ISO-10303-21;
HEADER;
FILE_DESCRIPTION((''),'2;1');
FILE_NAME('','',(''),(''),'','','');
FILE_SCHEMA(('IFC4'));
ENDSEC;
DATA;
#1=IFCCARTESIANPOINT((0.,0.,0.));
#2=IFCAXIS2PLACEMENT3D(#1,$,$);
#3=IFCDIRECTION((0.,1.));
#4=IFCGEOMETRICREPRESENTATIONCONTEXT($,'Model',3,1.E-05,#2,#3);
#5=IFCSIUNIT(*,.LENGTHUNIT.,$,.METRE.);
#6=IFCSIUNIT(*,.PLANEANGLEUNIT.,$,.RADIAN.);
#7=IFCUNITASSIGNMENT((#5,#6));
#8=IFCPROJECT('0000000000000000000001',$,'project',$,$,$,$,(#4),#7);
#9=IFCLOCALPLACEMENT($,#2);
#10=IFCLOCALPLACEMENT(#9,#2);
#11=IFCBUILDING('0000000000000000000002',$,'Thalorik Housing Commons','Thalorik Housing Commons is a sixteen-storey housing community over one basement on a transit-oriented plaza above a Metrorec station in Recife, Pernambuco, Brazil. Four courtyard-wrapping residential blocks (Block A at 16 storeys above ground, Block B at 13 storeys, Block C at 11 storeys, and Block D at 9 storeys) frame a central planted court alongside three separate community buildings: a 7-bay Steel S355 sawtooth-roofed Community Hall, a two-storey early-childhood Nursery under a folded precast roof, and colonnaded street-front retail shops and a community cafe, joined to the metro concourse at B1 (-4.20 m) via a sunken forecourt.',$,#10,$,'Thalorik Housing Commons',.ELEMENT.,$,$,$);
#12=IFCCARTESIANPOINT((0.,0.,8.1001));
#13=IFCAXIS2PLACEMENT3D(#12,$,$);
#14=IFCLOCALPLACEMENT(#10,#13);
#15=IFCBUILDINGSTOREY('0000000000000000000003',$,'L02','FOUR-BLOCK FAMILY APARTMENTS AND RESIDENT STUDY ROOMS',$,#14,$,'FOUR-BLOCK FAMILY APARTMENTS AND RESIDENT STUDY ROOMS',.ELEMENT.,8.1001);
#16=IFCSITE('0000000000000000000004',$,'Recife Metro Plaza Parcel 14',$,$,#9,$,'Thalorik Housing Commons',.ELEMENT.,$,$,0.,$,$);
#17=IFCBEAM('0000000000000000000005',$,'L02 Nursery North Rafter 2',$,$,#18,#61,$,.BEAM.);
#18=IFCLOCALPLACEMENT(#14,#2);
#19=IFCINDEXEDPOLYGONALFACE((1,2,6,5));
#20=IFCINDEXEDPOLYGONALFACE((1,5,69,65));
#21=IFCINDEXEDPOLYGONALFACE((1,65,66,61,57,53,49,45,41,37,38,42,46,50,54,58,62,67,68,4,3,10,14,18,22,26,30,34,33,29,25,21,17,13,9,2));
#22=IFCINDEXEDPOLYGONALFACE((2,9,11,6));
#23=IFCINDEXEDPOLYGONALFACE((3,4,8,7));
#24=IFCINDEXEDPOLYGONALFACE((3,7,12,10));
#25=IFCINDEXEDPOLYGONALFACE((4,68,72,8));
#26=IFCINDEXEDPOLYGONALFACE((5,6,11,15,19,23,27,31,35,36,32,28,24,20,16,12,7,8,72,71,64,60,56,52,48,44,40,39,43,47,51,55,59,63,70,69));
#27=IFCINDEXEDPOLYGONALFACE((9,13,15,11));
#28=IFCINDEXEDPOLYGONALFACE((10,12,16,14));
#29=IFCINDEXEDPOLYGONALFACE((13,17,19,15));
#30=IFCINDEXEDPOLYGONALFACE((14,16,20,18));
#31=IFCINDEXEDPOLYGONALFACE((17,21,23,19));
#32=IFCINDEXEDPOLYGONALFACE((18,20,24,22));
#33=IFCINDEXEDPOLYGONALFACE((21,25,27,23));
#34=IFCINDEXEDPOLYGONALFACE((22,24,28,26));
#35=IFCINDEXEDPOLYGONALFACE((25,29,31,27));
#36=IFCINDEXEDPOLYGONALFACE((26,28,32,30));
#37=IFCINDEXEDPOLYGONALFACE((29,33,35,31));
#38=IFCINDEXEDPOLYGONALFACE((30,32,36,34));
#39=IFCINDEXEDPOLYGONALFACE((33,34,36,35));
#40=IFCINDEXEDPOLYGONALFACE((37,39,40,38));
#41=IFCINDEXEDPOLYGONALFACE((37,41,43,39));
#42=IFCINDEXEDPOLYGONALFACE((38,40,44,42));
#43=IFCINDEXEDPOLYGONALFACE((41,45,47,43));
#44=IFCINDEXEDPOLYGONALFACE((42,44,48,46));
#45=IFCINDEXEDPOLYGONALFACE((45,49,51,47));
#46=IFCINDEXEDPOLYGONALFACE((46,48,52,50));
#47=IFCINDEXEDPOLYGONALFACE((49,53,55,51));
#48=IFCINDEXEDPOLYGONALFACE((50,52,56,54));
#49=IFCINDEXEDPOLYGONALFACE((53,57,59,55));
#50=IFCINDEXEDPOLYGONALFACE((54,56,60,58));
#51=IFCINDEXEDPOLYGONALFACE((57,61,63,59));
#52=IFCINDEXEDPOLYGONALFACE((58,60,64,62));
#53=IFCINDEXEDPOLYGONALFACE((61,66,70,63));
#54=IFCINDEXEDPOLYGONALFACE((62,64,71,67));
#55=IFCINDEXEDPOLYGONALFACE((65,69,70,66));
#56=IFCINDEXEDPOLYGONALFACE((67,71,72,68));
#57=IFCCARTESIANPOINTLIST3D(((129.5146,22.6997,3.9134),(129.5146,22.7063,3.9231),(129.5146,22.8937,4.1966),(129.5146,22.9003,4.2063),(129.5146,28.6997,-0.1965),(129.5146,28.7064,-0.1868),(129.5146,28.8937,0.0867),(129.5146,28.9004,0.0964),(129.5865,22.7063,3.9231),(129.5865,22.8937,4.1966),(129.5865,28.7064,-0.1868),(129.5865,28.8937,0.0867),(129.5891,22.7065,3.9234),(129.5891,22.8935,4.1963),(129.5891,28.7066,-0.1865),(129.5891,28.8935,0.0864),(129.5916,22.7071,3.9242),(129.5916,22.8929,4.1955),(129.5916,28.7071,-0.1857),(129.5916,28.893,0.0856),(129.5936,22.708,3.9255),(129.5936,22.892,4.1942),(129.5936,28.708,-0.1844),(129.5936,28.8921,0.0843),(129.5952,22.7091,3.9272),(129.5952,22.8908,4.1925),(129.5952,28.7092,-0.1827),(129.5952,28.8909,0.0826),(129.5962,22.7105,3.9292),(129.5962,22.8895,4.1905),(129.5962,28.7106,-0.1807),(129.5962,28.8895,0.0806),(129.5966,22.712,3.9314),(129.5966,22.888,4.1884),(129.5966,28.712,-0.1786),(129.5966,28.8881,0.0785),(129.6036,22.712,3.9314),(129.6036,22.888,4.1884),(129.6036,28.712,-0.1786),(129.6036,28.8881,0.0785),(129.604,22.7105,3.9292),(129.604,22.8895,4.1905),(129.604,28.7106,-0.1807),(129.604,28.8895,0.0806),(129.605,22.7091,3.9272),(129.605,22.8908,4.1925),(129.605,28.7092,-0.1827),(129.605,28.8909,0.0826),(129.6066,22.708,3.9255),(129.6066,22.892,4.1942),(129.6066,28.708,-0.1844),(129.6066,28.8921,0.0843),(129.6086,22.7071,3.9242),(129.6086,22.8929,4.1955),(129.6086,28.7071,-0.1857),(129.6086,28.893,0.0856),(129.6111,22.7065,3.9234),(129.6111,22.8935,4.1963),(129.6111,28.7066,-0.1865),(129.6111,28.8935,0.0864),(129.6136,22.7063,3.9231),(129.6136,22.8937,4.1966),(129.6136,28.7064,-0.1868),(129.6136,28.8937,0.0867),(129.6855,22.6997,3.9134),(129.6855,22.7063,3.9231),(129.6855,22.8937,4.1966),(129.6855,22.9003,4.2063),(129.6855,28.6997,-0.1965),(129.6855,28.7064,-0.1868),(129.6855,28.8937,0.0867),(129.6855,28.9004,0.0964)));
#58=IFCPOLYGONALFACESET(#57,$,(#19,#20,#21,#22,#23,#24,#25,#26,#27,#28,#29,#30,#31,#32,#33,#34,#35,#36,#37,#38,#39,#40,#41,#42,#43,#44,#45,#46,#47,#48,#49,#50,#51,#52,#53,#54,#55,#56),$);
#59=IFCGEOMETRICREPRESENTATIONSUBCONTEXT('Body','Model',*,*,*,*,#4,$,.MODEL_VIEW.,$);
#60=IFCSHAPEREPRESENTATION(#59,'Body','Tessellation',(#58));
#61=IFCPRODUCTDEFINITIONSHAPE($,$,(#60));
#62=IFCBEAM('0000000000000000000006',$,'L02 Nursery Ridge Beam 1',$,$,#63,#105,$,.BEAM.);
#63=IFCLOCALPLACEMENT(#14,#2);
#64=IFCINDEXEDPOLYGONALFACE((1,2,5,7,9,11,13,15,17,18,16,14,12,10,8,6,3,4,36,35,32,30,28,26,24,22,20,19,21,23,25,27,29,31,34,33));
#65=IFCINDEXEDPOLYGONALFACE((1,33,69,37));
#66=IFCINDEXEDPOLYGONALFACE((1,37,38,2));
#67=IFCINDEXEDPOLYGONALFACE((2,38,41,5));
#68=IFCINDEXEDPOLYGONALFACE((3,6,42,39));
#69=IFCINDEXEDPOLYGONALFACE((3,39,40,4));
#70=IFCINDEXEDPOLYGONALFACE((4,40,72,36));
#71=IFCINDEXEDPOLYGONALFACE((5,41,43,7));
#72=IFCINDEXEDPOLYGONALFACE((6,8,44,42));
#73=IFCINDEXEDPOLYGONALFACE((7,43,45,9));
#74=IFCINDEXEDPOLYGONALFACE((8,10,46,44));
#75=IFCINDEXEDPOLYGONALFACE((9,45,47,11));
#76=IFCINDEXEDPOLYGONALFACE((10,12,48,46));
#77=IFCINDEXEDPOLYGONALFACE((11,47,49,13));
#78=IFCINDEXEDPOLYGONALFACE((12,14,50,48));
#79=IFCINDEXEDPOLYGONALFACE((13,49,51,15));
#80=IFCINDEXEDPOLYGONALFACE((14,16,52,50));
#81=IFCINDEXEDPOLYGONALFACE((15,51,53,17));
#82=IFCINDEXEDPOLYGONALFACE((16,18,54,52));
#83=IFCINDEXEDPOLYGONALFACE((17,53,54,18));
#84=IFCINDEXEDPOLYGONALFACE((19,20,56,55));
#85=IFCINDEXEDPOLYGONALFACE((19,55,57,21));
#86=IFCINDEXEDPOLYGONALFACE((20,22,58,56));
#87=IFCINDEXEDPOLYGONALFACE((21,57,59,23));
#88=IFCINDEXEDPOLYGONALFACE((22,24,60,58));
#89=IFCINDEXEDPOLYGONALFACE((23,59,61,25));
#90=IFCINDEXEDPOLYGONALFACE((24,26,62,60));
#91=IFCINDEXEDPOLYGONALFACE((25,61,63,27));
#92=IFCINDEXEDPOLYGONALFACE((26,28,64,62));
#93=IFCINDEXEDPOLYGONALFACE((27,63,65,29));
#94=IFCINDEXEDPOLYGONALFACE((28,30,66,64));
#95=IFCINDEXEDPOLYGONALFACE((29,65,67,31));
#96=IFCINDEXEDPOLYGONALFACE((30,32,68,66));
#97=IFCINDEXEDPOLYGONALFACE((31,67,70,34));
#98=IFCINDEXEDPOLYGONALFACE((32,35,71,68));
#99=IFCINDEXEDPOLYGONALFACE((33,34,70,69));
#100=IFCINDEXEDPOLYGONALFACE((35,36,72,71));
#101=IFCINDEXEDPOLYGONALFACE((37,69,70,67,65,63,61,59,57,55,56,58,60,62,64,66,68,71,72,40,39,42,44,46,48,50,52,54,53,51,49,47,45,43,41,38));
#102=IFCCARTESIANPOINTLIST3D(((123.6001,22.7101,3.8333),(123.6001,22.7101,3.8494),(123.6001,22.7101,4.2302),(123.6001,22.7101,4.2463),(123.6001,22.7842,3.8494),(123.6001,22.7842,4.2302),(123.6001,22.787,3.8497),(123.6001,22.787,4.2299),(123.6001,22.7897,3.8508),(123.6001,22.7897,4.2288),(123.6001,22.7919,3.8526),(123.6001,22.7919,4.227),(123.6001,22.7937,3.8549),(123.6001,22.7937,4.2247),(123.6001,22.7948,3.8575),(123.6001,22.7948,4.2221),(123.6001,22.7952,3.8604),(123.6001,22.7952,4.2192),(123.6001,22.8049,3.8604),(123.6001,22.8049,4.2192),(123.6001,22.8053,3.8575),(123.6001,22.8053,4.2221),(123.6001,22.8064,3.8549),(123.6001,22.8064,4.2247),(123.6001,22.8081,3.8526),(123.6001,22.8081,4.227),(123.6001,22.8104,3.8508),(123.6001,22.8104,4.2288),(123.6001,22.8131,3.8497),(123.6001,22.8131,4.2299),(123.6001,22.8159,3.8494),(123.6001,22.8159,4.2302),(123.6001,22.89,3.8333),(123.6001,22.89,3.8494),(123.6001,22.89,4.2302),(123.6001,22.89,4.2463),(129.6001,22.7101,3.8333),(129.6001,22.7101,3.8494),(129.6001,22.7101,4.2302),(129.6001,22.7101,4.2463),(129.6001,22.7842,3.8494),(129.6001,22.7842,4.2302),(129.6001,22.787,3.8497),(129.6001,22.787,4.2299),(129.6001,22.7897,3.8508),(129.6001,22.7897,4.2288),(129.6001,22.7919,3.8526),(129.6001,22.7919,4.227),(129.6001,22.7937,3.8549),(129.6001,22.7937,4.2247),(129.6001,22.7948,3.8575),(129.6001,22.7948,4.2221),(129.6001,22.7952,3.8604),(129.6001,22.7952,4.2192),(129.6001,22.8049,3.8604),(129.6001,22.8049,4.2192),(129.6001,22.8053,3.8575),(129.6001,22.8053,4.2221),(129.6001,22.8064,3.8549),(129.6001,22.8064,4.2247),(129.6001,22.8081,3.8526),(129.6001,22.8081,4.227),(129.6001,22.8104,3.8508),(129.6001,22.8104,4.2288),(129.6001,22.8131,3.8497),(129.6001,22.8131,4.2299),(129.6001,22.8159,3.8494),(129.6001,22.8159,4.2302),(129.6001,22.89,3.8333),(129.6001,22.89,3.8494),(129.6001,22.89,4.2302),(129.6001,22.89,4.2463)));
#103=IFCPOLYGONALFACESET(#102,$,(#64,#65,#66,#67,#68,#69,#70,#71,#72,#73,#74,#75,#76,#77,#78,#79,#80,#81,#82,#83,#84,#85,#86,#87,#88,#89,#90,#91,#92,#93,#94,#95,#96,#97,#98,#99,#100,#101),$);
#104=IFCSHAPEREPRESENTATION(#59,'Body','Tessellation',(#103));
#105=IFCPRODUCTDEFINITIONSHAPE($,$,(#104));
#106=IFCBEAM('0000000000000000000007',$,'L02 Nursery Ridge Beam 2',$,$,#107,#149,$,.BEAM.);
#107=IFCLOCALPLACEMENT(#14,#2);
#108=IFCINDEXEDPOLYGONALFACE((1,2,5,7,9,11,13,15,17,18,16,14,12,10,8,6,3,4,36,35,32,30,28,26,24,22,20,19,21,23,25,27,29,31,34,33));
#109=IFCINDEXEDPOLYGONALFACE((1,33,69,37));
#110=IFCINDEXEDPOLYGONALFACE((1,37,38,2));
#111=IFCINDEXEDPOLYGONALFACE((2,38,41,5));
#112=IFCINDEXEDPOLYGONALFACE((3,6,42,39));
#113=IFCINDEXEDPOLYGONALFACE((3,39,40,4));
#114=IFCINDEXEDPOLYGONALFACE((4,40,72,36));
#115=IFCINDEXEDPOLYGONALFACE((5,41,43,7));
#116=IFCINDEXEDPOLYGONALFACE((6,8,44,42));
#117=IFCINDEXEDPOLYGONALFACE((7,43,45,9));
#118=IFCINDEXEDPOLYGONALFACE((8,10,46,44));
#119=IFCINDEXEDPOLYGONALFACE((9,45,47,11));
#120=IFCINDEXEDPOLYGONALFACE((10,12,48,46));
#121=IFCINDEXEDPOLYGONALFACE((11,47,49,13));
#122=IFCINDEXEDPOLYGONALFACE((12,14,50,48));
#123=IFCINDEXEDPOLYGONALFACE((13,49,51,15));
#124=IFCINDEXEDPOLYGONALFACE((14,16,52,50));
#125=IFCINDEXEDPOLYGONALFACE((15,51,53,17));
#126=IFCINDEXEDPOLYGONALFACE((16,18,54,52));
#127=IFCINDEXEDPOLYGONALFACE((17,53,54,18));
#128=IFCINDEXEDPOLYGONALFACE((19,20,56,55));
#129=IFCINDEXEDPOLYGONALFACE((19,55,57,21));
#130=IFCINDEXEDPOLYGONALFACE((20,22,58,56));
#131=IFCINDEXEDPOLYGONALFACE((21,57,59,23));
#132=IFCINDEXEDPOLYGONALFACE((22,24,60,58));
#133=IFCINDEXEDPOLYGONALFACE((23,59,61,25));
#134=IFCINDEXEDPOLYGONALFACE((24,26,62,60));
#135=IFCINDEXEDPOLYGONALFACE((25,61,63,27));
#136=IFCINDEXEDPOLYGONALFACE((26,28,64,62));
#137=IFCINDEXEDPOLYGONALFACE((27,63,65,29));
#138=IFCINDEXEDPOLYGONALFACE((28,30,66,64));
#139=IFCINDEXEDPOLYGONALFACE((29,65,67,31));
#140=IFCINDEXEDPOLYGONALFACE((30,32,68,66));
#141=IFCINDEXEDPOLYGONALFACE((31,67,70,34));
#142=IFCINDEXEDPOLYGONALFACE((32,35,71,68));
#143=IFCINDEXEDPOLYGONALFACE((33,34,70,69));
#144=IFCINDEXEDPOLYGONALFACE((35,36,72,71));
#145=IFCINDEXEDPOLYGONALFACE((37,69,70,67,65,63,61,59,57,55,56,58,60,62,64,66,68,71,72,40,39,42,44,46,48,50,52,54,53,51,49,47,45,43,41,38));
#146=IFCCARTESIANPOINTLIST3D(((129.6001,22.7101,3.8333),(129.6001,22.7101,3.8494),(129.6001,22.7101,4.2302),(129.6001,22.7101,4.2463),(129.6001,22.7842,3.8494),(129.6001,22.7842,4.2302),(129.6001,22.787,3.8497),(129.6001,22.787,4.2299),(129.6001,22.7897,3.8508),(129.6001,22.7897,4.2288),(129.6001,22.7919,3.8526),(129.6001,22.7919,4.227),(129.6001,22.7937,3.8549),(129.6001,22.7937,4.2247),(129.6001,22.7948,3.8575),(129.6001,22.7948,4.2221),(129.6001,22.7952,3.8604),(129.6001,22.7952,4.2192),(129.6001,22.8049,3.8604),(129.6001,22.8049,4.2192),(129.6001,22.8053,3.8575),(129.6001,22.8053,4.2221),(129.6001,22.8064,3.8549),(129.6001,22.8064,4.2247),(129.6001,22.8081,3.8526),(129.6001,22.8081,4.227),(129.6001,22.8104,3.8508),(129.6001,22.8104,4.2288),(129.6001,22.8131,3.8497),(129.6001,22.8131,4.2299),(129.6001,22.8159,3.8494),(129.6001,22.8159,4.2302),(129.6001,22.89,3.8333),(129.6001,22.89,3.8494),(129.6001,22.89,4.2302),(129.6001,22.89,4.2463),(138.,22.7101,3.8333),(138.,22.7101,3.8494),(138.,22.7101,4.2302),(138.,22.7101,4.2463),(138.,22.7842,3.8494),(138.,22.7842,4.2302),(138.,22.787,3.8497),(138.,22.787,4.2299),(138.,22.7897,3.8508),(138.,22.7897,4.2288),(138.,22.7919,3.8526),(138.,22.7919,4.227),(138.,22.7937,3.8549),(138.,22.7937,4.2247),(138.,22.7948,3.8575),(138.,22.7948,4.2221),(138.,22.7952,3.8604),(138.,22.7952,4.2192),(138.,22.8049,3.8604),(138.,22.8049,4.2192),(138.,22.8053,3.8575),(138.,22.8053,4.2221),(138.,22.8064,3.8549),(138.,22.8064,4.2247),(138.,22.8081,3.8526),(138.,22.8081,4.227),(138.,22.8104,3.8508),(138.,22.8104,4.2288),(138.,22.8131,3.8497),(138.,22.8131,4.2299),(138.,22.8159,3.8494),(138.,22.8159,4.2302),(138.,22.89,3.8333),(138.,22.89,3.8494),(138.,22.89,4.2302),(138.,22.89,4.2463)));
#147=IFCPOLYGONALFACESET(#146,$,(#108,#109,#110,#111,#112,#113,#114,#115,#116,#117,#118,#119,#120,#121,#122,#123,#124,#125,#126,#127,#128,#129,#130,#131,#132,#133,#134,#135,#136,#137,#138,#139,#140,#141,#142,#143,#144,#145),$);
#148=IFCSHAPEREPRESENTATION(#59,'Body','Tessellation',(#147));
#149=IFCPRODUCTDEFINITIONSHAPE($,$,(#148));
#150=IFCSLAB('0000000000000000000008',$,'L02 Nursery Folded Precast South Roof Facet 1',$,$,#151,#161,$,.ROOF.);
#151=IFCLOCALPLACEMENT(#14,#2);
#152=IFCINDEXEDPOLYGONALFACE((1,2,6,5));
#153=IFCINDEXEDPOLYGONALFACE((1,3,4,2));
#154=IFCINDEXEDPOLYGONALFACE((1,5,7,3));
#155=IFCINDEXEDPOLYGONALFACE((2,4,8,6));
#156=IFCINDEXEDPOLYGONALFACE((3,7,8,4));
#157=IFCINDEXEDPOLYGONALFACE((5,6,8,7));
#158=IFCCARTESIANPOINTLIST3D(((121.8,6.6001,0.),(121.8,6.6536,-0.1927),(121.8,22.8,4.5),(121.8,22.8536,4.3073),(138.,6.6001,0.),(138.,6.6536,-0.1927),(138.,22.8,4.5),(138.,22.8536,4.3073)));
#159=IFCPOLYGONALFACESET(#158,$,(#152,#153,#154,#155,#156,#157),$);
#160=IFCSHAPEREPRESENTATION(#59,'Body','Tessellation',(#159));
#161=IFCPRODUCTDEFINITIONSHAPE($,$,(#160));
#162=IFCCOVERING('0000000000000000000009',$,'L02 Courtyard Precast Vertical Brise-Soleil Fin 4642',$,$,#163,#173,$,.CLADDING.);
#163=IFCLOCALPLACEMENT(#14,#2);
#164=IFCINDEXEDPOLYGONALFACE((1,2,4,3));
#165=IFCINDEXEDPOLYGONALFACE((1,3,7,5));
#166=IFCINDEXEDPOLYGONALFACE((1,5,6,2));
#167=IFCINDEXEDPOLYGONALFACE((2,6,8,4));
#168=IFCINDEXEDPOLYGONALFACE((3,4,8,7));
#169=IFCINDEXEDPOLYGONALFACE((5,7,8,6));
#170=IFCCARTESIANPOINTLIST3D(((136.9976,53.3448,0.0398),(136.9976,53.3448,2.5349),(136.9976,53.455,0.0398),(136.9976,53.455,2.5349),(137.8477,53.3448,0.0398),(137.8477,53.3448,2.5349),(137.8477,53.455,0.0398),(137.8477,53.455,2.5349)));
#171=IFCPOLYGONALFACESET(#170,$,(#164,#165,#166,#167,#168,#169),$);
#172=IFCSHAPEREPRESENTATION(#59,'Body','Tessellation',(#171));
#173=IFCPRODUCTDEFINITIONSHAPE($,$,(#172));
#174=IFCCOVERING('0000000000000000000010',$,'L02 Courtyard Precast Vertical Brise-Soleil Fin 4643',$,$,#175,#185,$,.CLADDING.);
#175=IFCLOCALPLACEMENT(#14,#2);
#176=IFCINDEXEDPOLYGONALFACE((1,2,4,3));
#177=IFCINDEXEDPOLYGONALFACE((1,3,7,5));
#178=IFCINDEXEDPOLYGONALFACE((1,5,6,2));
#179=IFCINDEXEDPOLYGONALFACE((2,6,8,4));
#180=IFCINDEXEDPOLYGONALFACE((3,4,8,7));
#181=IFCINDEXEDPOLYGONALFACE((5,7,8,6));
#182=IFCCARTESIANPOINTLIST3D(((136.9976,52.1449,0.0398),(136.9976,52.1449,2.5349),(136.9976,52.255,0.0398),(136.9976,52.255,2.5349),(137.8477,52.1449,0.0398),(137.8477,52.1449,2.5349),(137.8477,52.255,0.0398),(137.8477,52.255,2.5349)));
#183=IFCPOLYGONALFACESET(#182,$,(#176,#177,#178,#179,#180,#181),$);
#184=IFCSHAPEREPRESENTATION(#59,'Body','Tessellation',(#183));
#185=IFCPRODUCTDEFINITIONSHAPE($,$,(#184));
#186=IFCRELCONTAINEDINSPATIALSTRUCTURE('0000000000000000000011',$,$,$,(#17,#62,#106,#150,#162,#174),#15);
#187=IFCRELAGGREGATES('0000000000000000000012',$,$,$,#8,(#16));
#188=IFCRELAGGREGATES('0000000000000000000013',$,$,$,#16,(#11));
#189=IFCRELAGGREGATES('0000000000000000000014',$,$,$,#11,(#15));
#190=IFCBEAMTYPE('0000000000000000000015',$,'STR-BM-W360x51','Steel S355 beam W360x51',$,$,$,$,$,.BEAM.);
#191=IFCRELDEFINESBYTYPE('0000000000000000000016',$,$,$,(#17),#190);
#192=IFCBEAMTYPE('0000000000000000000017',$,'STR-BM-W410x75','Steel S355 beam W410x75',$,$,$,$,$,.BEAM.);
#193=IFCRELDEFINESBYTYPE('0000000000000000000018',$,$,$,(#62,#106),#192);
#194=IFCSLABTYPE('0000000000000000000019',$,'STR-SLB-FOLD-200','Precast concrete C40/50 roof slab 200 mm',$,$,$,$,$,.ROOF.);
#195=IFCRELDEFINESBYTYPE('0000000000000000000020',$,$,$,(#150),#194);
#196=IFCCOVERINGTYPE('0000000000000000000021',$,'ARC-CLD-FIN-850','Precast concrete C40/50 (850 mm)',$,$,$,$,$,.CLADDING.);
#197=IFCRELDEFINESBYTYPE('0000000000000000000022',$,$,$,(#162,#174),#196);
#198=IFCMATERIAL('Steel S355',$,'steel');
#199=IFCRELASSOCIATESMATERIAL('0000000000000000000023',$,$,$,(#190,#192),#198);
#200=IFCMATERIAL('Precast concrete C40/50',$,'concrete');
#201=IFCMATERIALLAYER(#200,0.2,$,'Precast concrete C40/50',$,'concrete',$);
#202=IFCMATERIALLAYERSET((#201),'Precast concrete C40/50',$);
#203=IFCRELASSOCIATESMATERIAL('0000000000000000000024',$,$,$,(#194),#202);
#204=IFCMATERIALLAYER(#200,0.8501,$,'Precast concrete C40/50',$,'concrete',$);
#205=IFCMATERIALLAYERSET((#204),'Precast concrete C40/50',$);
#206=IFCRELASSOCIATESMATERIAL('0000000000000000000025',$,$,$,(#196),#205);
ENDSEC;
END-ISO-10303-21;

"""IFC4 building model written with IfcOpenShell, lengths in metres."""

from ifc_helpers import new_model, si_unit, direction, frame, origin, origin_2d, place, context, subcontext, project, spatial, polyline, rectangle, i_section, outline, extrude, material, layer, layer_set, material_profile, profile_set, type_object, element, save


model = new_model("IFC4")

# Units and contexts
model_context = context("Model", 3, precision=1e-05, world=origin(), true_north=direction((0.0, 1.0)))
body_context = subcontext(model_context, "Body", "Model", "MODEL_VIEW")
ifc_project = project(units=[si_unit("LENGTHUNIT", "METRE"), si_unit("PLANEANGLEUNIT", "RADIAN")], contexts=[model_context])

# Site, building, storey
site_placement = place(None, origin())
site = spatial("IfcSite", under=ifc_project, at=site_placement, Name="Recife Metro Plaza Parcel 14", LongName="Thalorik Housing Commons", CompositionType="ELEMENT", RefElevation=0.0)
building_placement = place(site_placement, origin())
building = spatial("IfcBuilding", under=site, at=building_placement, Name="Thalorik Housing Commons", Description="Thalorik Housing Commons is a sixteen-storey housing community over one basement on a transit-oriented plaza above a Metrorec station in Recife, Pernambuco, Brazil. Four courtyard-wrapping residential blocks (Block A at 16 storeys above ground, Block B at 13 storeys, Block C at 11 storeys, and Block D at 9 storeys) frame a central planted court alongside three separate community buildings: a 7-bay Steel S355 sawtooth-roofed Community Hall, a two-storey early-childhood Nursery under a folded precast roof, and colonnaded street-front retail shops and a community cafe, joined to the metro concourse at B1 (-4.20 m) via a sunken forecourt.", LongName="Thalorik Housing Commons", CompositionType="ELEMENT")
storey_placement = place(building_placement, frame((0.0, 0.0, 8.1001)))
storey = spatial("IfcBuildingStorey", under=building, at=storey_placement, Name="L02", Description="FOUR-BLOCK FAMILY APARTMENTS AND RESIDENT STUDY ROOMS", LongName="FOUR-BLOCK FAMILY APARTMENTS AND RESIDENT STUDY ROOMS", CompositionType="ELEMENT", Elevation=8.1001)

# Shared definitions
ifc_material_1 = material(Name="Precast concrete C40/50", Category="concrete")

# Beams
ifc_material_2 = material(Name="Steel S355", Category="steel")
ifc_material_profile_1 = material_profile(ifc_material_2, i_section(OverallWidth=0.1709, OverallDepth=0.355, WebThickness=0.0071, FlangeThickness=0.0117, FilletRadius=0.01, at=origin_2d()), Name="W360x51", Category="steel")
ifc_profile_set_1 = profile_set([ifc_material_profile_1], Name="Steel S355")
beam_type_1 = type_object("IfcBeamType", Name="STR-BM-W360x51", Description="Steel S355 beam W360x51", PredefinedType="BEAM", material=ifc_profile_set_1)
beam_1_placement = place(storey_placement, frame((129.6001, 28.8, -0.05), z_axis=(0.0, -0.825012, 0.565115), x_axis=(1.0, 0.0, 0.0)))
element("IfcBeam", 1, at=beam_1_placement, inside=storey, type_object=beam_type_1, Name="L02 Nursery North Rafter 2", PredefinedType="BEAM", context=body_context, shape_type="SweptSolid", body=[
    extrude(i_section(OverallWidth=0.1709, OverallDepth=0.355, WebThickness=0.0071, FlangeThickness=0.0117, FilletRadius=0.01, at=origin_2d()), origin(), (0.0, 0.0, 1.0), 7.2727),
])
ifc_material_profile_2 = material_profile(ifc_material_2, i_section(OverallWidth=0.1799, OverallDepth=0.4131, WebThickness=0.0098, FlangeThickness=0.0161, FilletRadius=0.011, at=origin_2d()), Name="W410x75", Category="steel")
ifc_profile_set_2 = profile_set([ifc_material_profile_2], Name="Steel S355")
beam_type_2 = type_object("IfcBeamType", Name="STR-BM-W410x75", Description="Steel S355 beam W410x75", PredefinedType="BEAM", material=ifc_profile_set_2)
beam_2_placement = place(storey_placement, frame((123.6001, 22.8, 4.0398), z_axis=(1.0, 0.0, 0.0), x_axis=(0.0, 1.0, 0.0)))
element("IfcBeam", 2, at=beam_2_placement, inside=storey, type_object=beam_type_2, Name="L02 Nursery Ridge Beam 1", PredefinedType="BEAM", context=body_context, shape_type="SweptSolid", body=[
    extrude(i_section(OverallWidth=0.1799, OverallDepth=0.4131, WebThickness=0.0098, FlangeThickness=0.0161, FilletRadius=0.011, at=origin_2d()), origin(), (0.0, 0.0, 1.0), 6.0),
])
beam_3_placement = place(storey_placement, frame((129.6001, 22.8, 4.0398), z_axis=(1.0, 0.0, 0.0), x_axis=(0.0, 1.0, 0.0)))
element("IfcBeam", 3, at=beam_3_placement, inside=storey, type_object=beam_type_2, Name="L02 Nursery Ridge Beam 2", PredefinedType="BEAM", context=body_context, shape_type="SweptSolid", body=[
    extrude(i_section(OverallWidth=0.1799, OverallDepth=0.4131, WebThickness=0.0098, FlangeThickness=0.0161, FilletRadius=0.011, at=origin_2d()), origin(), (0.0, 0.0, 1.0), 8.3999),
])

# Slab
ifc_layer_1 = layer(ifc_material_1, 0.2, Name="Precast concrete C40/50", Category="concrete")
ifc_layer_set_1 = layer_set([ifc_layer_1], Name="Precast concrete C40/50")
slab_type = type_object("IfcSlabType", Name="STR-SLB-FOLD-200", Description="Precast concrete C40/50 roof slab 200 mm", PredefinedType="ROOF", material=ifc_layer_set_1)
slab_placement = place(storey_placement, frame((121.8, 6.6001, 0.0), z_axis=(0.0, -0.267645, 0.963518), x_axis=(1.0, 0.0, 0.0)))
element("IfcSlab", 4, at=slab_placement, inside=storey, type_object=slab_type, Name="L02 Nursery Folded Precast South Roof Facet 1", PredefinedType="ROOF", context=body_context, shape_type="SweptSolid", body=[
    extrude(outline(polyline([(0.0, 0.0), (16.2, 0.0), (16.2, 16.8133), (0.0, 16.8133), (0.0, 0.0)])), origin(), (0.0, 0.0, -1.0), 0.2),
])

# Coverings
ifc_layer_2 = layer(ifc_material_1, 0.8501, Name="Precast concrete C40/50", Category="concrete")
ifc_layer_set_2 = layer_set([ifc_layer_2], Name="Precast concrete C40/50")
covering_type = type_object("IfcCoveringType", Name="ARC-CLD-FIN-850", Description="Precast concrete C40/50 (850 mm)", PredefinedType="CLADDING", material=ifc_layer_set_2)
for number, where, z_axis, x_axis, name in (
    (5, (137.4226, 53.3999, 0.0398), (0.0, 0.0, 1.0), (0.0, -1.0, 0.0), "L02 Courtyard Precast Vertical Brise-Soleil Fin 4642"),
    (6, (137.4226, 52.2, 0.0398), (0.0, 0.0, 1.0), (0.0, -1.0, 0.0), "L02 Courtyard Precast Vertical Brise-Soleil Fin 4643"),
):
    element("IfcCovering", number, at=place(storey_placement, frame(where, z_axis=z_axis, x_axis=x_axis)), inside=storey, type_object=covering_type, Name=name, PredefinedType="CLADDING", context=body_context, shape_type="SweptSolid", body=[
        extrude(rectangle(XDim=0.1101, YDim=0.8501, at=origin_2d()), origin(), (0.0, 0.0, 1.0), 2.4951),
    ])

save(model, "model.ifc")
